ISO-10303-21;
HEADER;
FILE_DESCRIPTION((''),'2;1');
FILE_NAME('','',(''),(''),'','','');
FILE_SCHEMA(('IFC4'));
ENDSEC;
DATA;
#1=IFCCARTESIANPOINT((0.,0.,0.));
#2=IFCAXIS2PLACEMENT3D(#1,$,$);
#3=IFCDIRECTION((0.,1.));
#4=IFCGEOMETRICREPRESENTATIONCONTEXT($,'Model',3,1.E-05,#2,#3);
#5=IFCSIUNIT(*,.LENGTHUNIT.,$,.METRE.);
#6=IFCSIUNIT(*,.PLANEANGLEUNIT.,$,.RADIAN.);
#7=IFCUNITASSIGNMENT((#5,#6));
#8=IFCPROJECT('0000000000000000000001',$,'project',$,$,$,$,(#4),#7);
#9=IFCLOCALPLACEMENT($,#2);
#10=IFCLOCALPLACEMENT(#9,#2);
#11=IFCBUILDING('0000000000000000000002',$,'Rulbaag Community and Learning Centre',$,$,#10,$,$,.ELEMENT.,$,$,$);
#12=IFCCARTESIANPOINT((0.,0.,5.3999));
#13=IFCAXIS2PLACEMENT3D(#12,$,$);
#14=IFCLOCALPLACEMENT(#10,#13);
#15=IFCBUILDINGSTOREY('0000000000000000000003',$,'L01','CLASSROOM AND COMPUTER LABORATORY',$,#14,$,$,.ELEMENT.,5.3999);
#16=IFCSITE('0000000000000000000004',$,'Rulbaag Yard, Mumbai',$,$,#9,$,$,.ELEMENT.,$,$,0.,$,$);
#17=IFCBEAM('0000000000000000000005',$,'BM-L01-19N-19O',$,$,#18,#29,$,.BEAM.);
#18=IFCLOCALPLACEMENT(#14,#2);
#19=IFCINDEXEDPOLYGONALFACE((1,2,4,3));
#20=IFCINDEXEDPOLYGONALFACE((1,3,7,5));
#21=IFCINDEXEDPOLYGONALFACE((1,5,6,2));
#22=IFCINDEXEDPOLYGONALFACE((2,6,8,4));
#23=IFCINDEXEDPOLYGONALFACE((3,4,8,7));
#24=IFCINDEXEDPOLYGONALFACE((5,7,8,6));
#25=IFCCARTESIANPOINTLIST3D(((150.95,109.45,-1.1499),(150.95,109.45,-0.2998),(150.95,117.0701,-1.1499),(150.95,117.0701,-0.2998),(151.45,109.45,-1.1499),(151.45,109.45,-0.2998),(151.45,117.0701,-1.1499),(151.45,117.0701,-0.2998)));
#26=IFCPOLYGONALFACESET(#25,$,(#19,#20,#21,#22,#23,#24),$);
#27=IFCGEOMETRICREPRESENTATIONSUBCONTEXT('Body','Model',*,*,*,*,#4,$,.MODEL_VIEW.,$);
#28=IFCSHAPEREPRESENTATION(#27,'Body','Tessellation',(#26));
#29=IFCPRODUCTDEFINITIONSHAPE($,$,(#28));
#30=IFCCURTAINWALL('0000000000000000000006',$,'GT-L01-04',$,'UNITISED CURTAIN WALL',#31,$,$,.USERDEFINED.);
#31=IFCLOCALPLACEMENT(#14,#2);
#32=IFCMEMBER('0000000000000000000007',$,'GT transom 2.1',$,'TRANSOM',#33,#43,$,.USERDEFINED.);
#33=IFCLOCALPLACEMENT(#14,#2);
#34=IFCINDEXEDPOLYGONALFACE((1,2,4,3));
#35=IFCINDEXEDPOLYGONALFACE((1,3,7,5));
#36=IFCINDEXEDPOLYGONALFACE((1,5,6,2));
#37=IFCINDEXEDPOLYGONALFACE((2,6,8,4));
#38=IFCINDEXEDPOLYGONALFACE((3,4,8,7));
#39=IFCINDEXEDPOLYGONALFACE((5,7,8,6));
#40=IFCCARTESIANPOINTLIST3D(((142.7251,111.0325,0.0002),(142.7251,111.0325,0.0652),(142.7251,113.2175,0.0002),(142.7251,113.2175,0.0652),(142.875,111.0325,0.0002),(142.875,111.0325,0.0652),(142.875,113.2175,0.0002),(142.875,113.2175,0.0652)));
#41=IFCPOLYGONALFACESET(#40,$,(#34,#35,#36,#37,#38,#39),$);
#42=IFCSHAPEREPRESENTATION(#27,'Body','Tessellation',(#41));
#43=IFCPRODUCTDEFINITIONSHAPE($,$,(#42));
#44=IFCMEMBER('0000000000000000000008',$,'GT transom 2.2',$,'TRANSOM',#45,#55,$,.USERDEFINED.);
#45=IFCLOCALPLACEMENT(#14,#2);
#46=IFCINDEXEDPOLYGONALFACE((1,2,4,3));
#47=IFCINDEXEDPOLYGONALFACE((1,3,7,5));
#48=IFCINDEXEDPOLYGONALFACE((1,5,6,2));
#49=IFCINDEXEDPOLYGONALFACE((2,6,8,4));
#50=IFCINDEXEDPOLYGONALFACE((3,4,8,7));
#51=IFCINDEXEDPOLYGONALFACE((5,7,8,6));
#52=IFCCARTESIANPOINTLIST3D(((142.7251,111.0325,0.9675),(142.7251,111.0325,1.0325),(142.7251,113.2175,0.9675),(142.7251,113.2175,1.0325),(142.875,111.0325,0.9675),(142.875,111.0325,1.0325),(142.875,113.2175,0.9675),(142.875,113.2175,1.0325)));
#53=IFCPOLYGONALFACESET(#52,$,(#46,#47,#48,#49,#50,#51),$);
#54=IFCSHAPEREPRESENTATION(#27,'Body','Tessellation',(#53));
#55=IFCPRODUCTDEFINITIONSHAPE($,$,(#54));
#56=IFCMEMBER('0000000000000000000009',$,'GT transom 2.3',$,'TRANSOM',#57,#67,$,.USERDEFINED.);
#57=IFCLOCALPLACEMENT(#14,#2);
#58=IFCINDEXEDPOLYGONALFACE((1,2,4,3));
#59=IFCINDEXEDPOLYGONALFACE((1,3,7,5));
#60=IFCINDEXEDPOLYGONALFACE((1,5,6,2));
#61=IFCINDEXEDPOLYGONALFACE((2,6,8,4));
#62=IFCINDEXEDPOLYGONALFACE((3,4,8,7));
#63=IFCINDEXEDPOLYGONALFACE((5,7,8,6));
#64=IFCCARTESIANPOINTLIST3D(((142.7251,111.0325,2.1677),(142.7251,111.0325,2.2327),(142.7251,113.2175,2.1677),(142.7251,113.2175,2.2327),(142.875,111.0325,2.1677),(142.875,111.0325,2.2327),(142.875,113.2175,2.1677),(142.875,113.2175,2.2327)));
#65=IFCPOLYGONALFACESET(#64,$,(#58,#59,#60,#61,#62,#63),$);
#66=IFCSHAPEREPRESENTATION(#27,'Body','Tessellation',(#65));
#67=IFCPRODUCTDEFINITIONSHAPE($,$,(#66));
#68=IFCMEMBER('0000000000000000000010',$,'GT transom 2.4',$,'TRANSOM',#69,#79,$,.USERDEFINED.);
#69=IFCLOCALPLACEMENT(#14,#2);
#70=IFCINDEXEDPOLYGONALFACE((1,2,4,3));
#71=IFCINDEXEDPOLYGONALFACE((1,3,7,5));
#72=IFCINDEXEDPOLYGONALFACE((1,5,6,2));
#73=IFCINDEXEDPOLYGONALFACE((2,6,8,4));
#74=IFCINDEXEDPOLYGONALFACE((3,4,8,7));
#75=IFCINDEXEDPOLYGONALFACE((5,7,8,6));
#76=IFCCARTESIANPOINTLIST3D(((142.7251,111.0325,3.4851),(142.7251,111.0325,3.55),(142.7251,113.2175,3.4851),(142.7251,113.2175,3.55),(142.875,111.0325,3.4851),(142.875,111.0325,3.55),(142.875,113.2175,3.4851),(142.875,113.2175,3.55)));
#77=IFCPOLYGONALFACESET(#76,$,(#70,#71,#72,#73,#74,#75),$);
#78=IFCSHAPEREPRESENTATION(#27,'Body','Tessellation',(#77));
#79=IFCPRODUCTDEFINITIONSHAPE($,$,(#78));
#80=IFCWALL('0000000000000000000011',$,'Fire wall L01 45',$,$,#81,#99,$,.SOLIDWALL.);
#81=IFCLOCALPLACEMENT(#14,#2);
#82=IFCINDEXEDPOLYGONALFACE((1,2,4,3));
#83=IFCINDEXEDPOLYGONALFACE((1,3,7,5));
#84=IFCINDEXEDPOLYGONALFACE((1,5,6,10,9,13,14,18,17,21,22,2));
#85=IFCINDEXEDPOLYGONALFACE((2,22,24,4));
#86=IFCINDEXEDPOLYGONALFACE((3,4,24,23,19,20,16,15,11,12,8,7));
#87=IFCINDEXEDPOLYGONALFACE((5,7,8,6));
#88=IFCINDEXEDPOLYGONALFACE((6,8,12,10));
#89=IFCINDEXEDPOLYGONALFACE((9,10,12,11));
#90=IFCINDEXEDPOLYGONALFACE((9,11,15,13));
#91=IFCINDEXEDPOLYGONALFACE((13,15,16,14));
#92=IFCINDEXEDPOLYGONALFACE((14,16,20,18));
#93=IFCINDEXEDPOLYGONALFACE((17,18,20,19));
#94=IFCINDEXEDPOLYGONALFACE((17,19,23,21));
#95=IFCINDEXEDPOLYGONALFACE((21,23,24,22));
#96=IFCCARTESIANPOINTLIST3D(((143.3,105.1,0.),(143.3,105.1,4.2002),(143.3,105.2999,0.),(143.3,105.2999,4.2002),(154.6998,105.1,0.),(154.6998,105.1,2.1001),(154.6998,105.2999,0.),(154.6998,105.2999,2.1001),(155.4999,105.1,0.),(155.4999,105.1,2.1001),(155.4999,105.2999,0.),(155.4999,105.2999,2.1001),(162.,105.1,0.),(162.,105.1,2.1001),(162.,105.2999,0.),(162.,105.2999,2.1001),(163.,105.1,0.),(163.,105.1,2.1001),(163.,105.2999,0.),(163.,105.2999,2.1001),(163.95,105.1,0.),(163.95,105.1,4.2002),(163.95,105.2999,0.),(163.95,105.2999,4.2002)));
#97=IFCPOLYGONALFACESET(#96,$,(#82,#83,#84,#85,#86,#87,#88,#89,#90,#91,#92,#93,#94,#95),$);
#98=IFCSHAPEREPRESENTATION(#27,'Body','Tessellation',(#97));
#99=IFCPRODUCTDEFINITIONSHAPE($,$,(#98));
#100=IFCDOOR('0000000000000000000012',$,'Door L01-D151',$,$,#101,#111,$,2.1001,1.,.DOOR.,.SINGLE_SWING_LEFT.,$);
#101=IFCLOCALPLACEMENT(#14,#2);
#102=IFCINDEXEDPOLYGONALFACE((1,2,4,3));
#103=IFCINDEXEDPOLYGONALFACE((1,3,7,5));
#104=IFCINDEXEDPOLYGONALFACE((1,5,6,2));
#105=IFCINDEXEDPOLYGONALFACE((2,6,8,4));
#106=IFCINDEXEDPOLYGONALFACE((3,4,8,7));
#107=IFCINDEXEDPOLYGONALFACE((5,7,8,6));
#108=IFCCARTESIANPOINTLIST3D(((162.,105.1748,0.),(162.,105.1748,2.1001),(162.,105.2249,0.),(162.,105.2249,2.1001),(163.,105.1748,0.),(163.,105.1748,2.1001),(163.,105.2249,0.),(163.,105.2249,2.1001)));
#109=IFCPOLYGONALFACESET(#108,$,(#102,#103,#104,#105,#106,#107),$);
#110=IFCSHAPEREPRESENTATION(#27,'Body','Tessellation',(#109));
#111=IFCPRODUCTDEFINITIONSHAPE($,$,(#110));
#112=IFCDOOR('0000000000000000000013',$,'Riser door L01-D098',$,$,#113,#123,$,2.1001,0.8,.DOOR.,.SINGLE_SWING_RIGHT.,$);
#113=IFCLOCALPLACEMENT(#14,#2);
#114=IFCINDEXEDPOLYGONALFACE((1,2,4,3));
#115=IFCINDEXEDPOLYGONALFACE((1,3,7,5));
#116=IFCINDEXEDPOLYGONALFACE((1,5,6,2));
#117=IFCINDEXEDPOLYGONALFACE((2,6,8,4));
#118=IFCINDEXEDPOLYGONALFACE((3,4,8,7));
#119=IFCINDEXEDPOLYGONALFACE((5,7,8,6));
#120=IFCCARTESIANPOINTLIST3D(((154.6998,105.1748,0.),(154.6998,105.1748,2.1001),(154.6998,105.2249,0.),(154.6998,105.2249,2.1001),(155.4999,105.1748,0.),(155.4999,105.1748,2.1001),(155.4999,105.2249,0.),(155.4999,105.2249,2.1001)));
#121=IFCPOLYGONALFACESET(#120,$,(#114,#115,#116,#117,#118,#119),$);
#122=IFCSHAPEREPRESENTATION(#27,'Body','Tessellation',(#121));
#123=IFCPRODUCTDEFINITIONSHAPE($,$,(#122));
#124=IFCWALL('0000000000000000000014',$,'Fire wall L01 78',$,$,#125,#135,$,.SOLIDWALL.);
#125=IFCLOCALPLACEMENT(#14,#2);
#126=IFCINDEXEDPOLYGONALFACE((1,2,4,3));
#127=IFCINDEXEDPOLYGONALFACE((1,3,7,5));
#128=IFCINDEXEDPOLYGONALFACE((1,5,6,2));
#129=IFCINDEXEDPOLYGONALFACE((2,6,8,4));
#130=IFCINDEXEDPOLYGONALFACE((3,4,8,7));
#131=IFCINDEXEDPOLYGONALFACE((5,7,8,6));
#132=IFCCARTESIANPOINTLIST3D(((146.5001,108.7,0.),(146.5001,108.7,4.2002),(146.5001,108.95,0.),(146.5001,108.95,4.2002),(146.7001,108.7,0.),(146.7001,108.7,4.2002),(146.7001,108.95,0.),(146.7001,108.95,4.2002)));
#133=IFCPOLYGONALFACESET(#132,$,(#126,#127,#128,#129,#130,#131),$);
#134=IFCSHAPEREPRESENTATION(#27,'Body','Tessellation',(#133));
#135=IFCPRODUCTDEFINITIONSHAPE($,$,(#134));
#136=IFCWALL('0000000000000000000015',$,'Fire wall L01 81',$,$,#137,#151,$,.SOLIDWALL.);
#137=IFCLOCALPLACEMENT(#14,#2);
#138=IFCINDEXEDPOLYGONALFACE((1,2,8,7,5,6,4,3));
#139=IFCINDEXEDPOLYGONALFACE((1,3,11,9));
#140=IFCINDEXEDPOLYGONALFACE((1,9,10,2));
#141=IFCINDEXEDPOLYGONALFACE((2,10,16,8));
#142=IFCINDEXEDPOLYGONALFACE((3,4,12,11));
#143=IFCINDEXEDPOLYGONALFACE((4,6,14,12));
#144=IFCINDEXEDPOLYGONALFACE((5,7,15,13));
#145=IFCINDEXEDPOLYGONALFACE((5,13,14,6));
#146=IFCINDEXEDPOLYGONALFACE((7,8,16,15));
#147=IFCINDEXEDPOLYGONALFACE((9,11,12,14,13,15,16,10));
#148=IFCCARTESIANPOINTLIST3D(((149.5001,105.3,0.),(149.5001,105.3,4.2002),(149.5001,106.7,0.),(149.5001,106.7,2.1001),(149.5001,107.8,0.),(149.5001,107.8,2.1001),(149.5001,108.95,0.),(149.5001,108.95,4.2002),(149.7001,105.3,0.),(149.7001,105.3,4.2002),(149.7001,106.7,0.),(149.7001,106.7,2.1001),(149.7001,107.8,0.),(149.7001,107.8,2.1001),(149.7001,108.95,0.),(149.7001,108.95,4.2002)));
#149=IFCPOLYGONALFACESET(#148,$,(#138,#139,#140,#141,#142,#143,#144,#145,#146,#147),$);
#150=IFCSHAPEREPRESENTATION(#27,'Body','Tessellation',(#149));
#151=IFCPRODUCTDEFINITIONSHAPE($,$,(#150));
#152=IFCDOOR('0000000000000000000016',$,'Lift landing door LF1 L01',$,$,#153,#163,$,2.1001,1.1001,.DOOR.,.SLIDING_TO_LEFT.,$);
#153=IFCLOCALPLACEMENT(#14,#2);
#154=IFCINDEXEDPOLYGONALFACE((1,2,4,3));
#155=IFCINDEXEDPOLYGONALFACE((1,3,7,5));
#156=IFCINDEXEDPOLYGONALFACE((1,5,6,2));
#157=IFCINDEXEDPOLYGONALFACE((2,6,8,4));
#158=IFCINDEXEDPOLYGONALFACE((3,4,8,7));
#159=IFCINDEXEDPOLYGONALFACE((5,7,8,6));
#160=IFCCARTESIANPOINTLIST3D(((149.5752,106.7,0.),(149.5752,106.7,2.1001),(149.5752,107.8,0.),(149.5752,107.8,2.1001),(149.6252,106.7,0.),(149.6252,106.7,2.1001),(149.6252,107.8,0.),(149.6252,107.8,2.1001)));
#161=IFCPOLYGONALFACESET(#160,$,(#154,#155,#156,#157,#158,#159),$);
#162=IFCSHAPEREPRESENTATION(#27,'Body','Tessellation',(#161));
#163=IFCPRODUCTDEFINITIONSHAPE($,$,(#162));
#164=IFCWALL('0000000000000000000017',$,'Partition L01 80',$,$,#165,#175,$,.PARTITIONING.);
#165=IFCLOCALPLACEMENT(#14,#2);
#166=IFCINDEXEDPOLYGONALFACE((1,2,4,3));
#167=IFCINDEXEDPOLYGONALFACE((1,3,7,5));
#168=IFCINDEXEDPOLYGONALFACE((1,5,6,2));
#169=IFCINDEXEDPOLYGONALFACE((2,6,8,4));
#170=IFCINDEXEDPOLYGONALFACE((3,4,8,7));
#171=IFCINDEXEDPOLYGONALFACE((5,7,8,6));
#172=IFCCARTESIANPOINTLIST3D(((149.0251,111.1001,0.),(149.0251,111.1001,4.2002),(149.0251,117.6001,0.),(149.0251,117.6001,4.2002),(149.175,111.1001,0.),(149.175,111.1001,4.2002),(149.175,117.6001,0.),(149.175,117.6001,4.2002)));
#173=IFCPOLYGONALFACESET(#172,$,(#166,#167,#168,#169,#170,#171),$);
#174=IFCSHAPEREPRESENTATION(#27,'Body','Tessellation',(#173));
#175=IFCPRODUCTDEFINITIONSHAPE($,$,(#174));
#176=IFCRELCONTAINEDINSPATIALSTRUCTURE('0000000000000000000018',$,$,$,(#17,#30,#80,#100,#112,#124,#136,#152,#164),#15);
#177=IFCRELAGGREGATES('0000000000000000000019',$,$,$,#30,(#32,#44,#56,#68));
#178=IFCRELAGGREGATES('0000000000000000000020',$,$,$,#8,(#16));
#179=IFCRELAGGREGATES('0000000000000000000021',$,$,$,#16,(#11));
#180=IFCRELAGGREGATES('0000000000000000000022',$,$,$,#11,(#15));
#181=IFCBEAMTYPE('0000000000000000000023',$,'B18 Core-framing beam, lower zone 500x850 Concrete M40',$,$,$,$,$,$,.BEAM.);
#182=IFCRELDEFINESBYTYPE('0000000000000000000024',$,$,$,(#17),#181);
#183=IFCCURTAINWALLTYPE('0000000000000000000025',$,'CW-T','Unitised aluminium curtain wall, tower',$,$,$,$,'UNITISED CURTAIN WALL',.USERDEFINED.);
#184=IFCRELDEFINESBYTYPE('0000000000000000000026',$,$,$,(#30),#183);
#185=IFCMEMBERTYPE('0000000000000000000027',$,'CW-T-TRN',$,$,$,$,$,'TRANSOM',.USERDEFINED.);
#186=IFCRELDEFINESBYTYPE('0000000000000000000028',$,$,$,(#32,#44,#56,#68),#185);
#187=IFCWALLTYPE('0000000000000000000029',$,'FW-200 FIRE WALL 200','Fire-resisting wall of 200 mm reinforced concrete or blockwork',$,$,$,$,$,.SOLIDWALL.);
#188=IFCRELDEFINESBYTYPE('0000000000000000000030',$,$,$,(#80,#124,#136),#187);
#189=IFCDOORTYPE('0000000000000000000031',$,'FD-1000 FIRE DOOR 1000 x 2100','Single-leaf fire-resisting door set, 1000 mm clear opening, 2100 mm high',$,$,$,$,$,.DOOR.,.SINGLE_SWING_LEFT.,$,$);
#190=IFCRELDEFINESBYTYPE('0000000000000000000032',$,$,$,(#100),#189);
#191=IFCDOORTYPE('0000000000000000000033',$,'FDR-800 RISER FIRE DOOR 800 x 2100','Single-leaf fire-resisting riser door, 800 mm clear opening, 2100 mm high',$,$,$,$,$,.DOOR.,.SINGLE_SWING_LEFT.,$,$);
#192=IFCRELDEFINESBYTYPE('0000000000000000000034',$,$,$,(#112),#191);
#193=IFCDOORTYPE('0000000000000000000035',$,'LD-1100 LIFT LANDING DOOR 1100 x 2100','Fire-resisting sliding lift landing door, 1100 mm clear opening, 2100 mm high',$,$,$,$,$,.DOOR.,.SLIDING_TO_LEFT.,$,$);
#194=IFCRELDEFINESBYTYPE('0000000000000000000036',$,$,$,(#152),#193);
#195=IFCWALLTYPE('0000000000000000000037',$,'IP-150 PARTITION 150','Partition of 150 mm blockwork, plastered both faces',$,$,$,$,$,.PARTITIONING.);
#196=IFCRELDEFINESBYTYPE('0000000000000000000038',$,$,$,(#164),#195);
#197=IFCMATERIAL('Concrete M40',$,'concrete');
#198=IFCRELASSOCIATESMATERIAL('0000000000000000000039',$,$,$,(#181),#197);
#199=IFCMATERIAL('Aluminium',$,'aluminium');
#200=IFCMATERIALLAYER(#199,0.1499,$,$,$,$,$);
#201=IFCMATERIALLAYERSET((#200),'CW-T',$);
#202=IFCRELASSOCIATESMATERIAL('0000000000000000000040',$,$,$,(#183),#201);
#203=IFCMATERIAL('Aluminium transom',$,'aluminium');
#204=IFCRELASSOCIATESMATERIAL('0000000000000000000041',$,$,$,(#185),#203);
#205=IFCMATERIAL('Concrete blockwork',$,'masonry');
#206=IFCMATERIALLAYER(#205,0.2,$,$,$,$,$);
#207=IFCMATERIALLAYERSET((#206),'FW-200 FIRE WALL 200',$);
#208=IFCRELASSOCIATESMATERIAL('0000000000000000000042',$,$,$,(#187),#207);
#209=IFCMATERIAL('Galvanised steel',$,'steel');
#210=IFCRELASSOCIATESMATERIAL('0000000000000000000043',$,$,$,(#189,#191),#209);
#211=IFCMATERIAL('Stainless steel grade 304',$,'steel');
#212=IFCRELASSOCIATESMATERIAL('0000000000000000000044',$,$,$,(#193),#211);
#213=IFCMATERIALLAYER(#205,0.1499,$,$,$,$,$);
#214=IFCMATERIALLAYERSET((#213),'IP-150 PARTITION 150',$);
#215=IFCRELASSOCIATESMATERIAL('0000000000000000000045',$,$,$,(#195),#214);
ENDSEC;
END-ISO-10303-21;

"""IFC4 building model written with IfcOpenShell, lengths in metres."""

from ifc_helpers import new_model, si_unit, direction, frame, frame_2d, origin, origin_2d, place, context, subcontext, project, spatial, rectangle, extrude, material, layer, layer_set, material_profile, profile_set, type_object, element, fill, aggregate, save


model = new_model("IFC4")

# Units and contexts
model_context = context("Model", 3, precision=1e-05, world=origin(), true_north=direction((0.0, 1.0)))
body_context = subcontext(model_context, "Body", "Model", "MODEL_VIEW")
ifc_project = project(units=[si_unit("LENGTHUNIT", "METRE"), si_unit("PLANEANGLEUNIT", "RADIAN")], contexts=[model_context])

# Site, building, storey
site_placement = place(None, origin())
site = spatial("IfcSite", under=ifc_project, at=site_placement, Name="Rulbaag Yard, Mumbai", CompositionType="ELEMENT", RefElevation=0.0)
building_placement = place(site_placement, origin())
building = spatial("IfcBuilding", under=site, at=building_placement, Name="Rulbaag Community and Learning Centre", CompositionType="ELEMENT")
storey_placement = place(building_placement, frame((0.0, 0.0, 5.3999)))
storey = spatial("IfcBuildingStorey", under=building, at=storey_placement, Name="L01", Description="CLASSROOM AND COMPUTER LABORATORY", CompositionType="ELEMENT", Elevation=5.3999)

# Beam
ifc_material_1 = material(Name="Concrete M40", Category="concrete")
ifc_material_profile_1 = material_profile(ifc_material_1, rectangle(XDim=0.5, YDim=0.8501, at=origin_2d()), Name="RB500x850")
ifc_profile_set_1 = profile_set([ifc_material_profile_1], Name="Concrete M40")
beam_type = type_object("IfcBeamType", Name="B18 Core-framing beam, lower zone 500x850 Concrete M40", PredefinedType="BEAM", material=ifc_profile_set_1)
beam_placement = place(storey_placement, frame((151.2, 109.45, -0.7249), z_axis=(0.0, 1.0, 0.0), x_axis=(-1.0, 0.0, 0.0)))
element("IfcBeam", 1, at=beam_placement, inside=storey, type_object=beam_type, Name="BM-L01-19N-19O", PredefinedType="BEAM", context=body_context, shape_type="SweptSolid", body=[
    extrude(rectangle(XDim=0.5, YDim=0.8501, at=origin_2d()), origin(), (0.0, 0.0, 1.0), 7.6201),
])

# Curtain wall, members
ifc_material_2 = material(Name="Aluminium", Category="aluminium")
ifc_layer_1 = layer(ifc_material_2, 0.1499)
ifc_layer_set_1 = layer_set([ifc_layer_1], Name="CW-T")
curtain_wall_type = type_object("IfcCurtainWallType", Name="CW-T", Description="Unitised aluminium curtain wall, tower", ElementType="UNITISED CURTAIN WALL", PredefinedType="USERDEFINED", material=ifc_layer_set_1)
curtain_wall_placement = place(storey_placement, origin())
curtain_wall = element("IfcCurtainWall", 2, at=curtain_wall_placement, inside=storey, type_object=curtain_wall_type, Name="GT-L01-04", ObjectType="UNITISED CURTAIN WALL", PredefinedType="USERDEFINED")
ifc_material_3 = material(Name="Aluminium transom", Category="aluminium")
ifc_material_profile_2 = material_profile(ifc_material_3, rectangle(XDim=0.1499, YDim=0.0649, at=origin_2d()), Name="AL 65x150 T")
ifc_profile_set_2 = profile_set([ifc_material_profile_2], Name="Aluminium transom")
member_type = type_object("IfcMemberType", Name="CW-T-TRN", ElementType="TRANSOM", PredefinedType="USERDEFINED", material=ifc_profile_set_2)
member_1_placement = place(storey_placement, frame((142.8, 111.0325, 0.0327), z_axis=(0.0, 1.0, 0.0), x_axis=(-1.0, 0.0, 0.0)))
member_1 = element("IfcMember", 3, at=member_1_placement, type_object=member_type, Name="GT transom 2.1", ObjectType="TRANSOM", PredefinedType="USERDEFINED", context=body_context, shape_type="SweptSolid", body=[
    extrude(rectangle(XDim=0.1499, YDim=0.0649, at=origin_2d()), origin(), (0.0, 0.0, 1.0), 2.1851),
])
member_2_placement = place(storey_placement, frame((142.8, 111.0325, 1.0), z_axis=(0.0, 1.0, 0.0), x_axis=(-1.0, 0.0, 0.0)))
member_2 = element("IfcMember", 4, at=member_2_placement, type_object=member_type, Name="GT transom 2.2", ObjectType="TRANSOM", PredefinedType="USERDEFINED", context=body_context, shape_type="SweptSolid", body=[
    extrude(rectangle(XDim=0.1499, YDim=0.0649, at=origin_2d()), origin(), (0.0, 0.0, 1.0), 2.1851),
])
member_3_placement = place(storey_placement, frame((142.8, 111.0325, 2.2002), z_axis=(0.0, 1.0, 0.0), x_axis=(-1.0, 0.0, 0.0)))
member_3 = element("IfcMember", 5, at=member_3_placement, type_object=member_type, Name="GT transom 2.3", ObjectType="TRANSOM", PredefinedType="USERDEFINED", context=body_context, shape_type="SweptSolid", body=[
    extrude(rectangle(XDim=0.1499, YDim=0.0649, at=origin_2d()), origin(), (0.0, 0.0, 1.0), 2.1851),
])
member_4_placement = place(storey_placement, frame((142.8, 111.0325, 3.5176), z_axis=(0.0, 1.0, 0.0), x_axis=(-1.0, 0.0, 0.0)))
member_4 = element("IfcMember", 6, at=member_4_placement, type_object=member_type, Name="GT transom 2.4", ObjectType="TRANSOM", PredefinedType="USERDEFINED", context=body_context, shape_type="SweptSolid", body=[
    extrude(rectangle(XDim=0.1499, YDim=0.0649, at=origin_2d()), origin(), (0.0, 0.0, 1.0), 2.1851),
])
aggregate(curtain_wall, [member_1, member_2, member_3, member_4])

# Wall, openings, doors
ifc_material_4 = material(Name="Concrete blockwork", Category="masonry")
ifc_layer_2 = layer(ifc_material_4, 0.2)
ifc_layer_set_2 = layer_set([ifc_layer_2], Name="FW-200 FIRE WALL 200")
wall_type_1 = type_object("IfcWallType", Name="FW-200 FIRE WALL 200", Description="Fire-resisting wall of 200 mm reinforced concrete or blockwork", PredefinedType="SOLIDWALL", material=ifc_layer_set_2)
wall_1_placement = place(storey_placement, frame((143.3, 105.2, 0.0), z_axis=(0.0, 0.0, 1.0), x_axis=(1.0, 0.0, 0.0)))
wall_1 = element("IfcWall", 7, at=wall_1_placement, inside=storey, type_object=wall_type_1, Name="Fire wall L01 45", PredefinedType="SOLIDWALL", context=body_context, shape_type="SweptSolid", body=[
    extrude(rectangle(XDim=20.6499, YDim=0.2, at=frame_2d((10.325, 0.0))), origin(), (0.0, 0.0, 1.0), 4.2002),
])
opening_1_placement = place(wall_1_placement, frame((11.3999, 0.0, 0.0)))
opening_1 = element("IfcOpeningElement", 8, at=opening_1_placement, cuts=wall_1, PredefinedType="OPENING", context=body_context, shape_type="SweptSolid", body=[
    extrude(rectangle(XDim=0.8, YDim=2.1001, at=frame_2d((0.3999, 1.05))), frame((0.0, 0.1099, 0.0), z_axis=(0.0, -1.0, 0.0), x_axis=(1.0, 0.0, 0.0)), (0.0, 0.0, 1.0), 0.22),
])
opening_2_placement = place(wall_1_placement, frame((18.7, 0.0, 0.0)))
opening_2 = element("IfcOpeningElement", 9, at=opening_2_placement, cuts=wall_1, PredefinedType="OPENING", context=body_context, shape_type="SweptSolid", body=[
    extrude(rectangle(XDim=1.0, YDim=2.1001, at=frame_2d((0.5, 1.05))), frame((0.0, 0.1099, 0.0), z_axis=(0.0, -1.0, 0.0), x_axis=(1.0, 0.0, 0.0)), (0.0, 0.0, 1.0), 0.22),
])
ifc_material_5 = material(Name="Galvanised steel", Category="steel")
door_type_1 = type_object("IfcDoorType", Name="FD-1000 FIRE DOOR 1000 x 2100", Description="Single-leaf fire-resisting door set, 1000 mm clear opening, 2100 mm high", OperationType="SINGLE_SWING_LEFT", PredefinedType="DOOR", material=ifc_material_5)
door_1_placement = place(opening_2_placement, origin())
door_1 = element("IfcDoor", 10, at=door_1_placement, inside=storey, type_object=door_type_1, Name="Door L01-D151", OperationType="SINGLE_SWING_LEFT", OverallHeight=2.1001, OverallWidth=1.0, PredefinedType="DOOR", context=body_context, shape_type="SweptSolid", body=[
    extrude(rectangle(XDim=1.0, YDim=2.1001, at=frame_2d((0.5, 1.05))), frame((0.0, 0.0249, 0.0), z_axis=(0.0, -1.0, 0.0), x_axis=(1.0, 0.0, 0.0)), (0.0, 0.0, 1.0), 0.05),
])
fill(opening_2, door_1)
door_type_2 = type_object("IfcDoorType", Name="FDR-800 RISER FIRE DOOR 800 x 2100", Description="Single-leaf fire-resisting riser door, 800 mm clear opening, 2100 mm high", OperationType="SINGLE_SWING_LEFT", PredefinedType="DOOR", material=ifc_material_5)
door_2_placement = place(opening_1_placement, origin())
door_2 = element("IfcDoor", 11, at=door_2_placement, inside=storey, type_object=door_type_2, Name="Riser door L01-D098", OperationType="SINGLE_SWING_RIGHT", OverallHeight=2.1001, OverallWidth=0.8, PredefinedType="DOOR", context=body_context, shape_type="SweptSolid", body=[
    extrude(rectangle(XDim=0.8, YDim=2.1001, at=frame_2d((0.3999, 1.05))), frame((0.0, 0.0249, 0.0), z_axis=(0.0, -1.0, 0.0), x_axis=(1.0, 0.0, 0.0)), (0.0, 0.0, 1.0), 0.05),
])
fill(opening_1, door_2)

# Wall
wall_2_placement = place(storey_placement, frame((146.6001, 108.7, 0.0), z_axis=(0.0, 0.0, 1.0), x_axis=(0.0, 1.0, 0.0)))
element("IfcWall", 12, at=wall_2_placement, inside=storey, type_object=wall_type_1, Name="Fire wall L01 78", PredefinedType="SOLIDWALL", context=body_context, shape_type="SweptSolid", body=[
    extrude(rectangle(XDim=0.25, YDim=0.2, at=frame_2d((0.125, 0.0))), origin(), (0.0, 0.0, 1.0), 4.2002),
])

# Wall, opening, door
wall_3_placement = place(storey_placement, frame((149.6001, 105.3, 0.0), z_axis=(0.0, 0.0, 1.0), x_axis=(0.0, 1.0, 0.0)))
wall_3 = element("IfcWall", 13, at=wall_3_placement, inside=storey, type_object=wall_type_1, Name="Fire wall L01 81", PredefinedType="SOLIDWALL", context=body_context, shape_type="SweptSolid", body=[
    extrude(rectangle(XDim=3.6499, YDim=0.2, at=frame_2d((1.825, 0.0))), origin(), (0.0, 0.0, 1.0), 4.2002),
])
opening_3_placement = place(wall_3_placement, frame((1.3999, 0.0, 0.0)))
opening_3 = element("IfcOpeningElement", 14, at=opening_3_placement, cuts=wall_3, PredefinedType="OPENING", context=body_context, shape_type="SweptSolid", body=[
    extrude(rectangle(XDim=1.1001, YDim=2.1001, at=frame_2d((0.55, 1.05))), frame((0.0, 0.1099, 0.0), z_axis=(0.0, -1.0, 0.0), x_axis=(1.0, 0.0, 0.0)), (0.0, 0.0, 1.0), 0.22),
])
ifc_material_6 = material(Name="Stainless steel grade 304", Category="steel")
door_type_3 = type_object("IfcDoorType", Name="LD-1100 LIFT LANDING DOOR 1100 x 2100", Description="Fire-resisting sliding lift landing door, 1100 mm clear opening, 2100 mm high", OperationType="SLIDING_TO_LEFT", PredefinedType="DOOR", material=ifc_material_6)
door_3_placement = place(opening_3_placement, origin())
door_3 = element("IfcDoor", 15, at=door_3_placement, inside=storey, type_object=door_type_3, Name="Lift landing door LF1 L01", OperationType="SLIDING_TO_LEFT", OverallHeight=2.1001, OverallWidth=1.1001, PredefinedType="DOOR", context=body_context, shape_type="SweptSolid", body=[
    extrude(rectangle(XDim=1.1001, YDim=2.1001, at=frame_2d((0.55, 1.05))), frame((0.0, 0.0249, 0.0), z_axis=(0.0, -1.0, 0.0), x_axis=(1.0, 0.0, 0.0)), (0.0, 0.0, 1.0), 0.05),
])
fill(opening_3, door_3)

# Wall
ifc_layer_3 = layer(ifc_material_4, 0.1499)
ifc_layer_set_3 = layer_set([ifc_layer_3], Name="IP-150 PARTITION 150")
wall_type_2 = type_object("IfcWallType", Name="IP-150 PARTITION 150", Description="Partition of 150 mm blockwork, plastered both faces", PredefinedType="PARTITIONING", material=ifc_layer_set_3)
wall_4_placement = place(storey_placement, frame((149.1001, 111.1001, 0.0), z_axis=(0.0, 0.0, 1.0), x_axis=(0.0, 1.0, 0.0)))
element("IfcWall", 16, at=wall_4_placement, inside=storey, type_object=wall_type_2, Name="Partition L01 80", PredefinedType="PARTITIONING", context=body_context, shape_type="SweptSolid", body=[
    extrude(rectangle(XDim=6.5, YDim=0.1499, at=frame_2d((3.25, 0.0))), origin(), (0.0, 0.0, 1.0), 4.2002),
])

save(model, "model.ifc")
